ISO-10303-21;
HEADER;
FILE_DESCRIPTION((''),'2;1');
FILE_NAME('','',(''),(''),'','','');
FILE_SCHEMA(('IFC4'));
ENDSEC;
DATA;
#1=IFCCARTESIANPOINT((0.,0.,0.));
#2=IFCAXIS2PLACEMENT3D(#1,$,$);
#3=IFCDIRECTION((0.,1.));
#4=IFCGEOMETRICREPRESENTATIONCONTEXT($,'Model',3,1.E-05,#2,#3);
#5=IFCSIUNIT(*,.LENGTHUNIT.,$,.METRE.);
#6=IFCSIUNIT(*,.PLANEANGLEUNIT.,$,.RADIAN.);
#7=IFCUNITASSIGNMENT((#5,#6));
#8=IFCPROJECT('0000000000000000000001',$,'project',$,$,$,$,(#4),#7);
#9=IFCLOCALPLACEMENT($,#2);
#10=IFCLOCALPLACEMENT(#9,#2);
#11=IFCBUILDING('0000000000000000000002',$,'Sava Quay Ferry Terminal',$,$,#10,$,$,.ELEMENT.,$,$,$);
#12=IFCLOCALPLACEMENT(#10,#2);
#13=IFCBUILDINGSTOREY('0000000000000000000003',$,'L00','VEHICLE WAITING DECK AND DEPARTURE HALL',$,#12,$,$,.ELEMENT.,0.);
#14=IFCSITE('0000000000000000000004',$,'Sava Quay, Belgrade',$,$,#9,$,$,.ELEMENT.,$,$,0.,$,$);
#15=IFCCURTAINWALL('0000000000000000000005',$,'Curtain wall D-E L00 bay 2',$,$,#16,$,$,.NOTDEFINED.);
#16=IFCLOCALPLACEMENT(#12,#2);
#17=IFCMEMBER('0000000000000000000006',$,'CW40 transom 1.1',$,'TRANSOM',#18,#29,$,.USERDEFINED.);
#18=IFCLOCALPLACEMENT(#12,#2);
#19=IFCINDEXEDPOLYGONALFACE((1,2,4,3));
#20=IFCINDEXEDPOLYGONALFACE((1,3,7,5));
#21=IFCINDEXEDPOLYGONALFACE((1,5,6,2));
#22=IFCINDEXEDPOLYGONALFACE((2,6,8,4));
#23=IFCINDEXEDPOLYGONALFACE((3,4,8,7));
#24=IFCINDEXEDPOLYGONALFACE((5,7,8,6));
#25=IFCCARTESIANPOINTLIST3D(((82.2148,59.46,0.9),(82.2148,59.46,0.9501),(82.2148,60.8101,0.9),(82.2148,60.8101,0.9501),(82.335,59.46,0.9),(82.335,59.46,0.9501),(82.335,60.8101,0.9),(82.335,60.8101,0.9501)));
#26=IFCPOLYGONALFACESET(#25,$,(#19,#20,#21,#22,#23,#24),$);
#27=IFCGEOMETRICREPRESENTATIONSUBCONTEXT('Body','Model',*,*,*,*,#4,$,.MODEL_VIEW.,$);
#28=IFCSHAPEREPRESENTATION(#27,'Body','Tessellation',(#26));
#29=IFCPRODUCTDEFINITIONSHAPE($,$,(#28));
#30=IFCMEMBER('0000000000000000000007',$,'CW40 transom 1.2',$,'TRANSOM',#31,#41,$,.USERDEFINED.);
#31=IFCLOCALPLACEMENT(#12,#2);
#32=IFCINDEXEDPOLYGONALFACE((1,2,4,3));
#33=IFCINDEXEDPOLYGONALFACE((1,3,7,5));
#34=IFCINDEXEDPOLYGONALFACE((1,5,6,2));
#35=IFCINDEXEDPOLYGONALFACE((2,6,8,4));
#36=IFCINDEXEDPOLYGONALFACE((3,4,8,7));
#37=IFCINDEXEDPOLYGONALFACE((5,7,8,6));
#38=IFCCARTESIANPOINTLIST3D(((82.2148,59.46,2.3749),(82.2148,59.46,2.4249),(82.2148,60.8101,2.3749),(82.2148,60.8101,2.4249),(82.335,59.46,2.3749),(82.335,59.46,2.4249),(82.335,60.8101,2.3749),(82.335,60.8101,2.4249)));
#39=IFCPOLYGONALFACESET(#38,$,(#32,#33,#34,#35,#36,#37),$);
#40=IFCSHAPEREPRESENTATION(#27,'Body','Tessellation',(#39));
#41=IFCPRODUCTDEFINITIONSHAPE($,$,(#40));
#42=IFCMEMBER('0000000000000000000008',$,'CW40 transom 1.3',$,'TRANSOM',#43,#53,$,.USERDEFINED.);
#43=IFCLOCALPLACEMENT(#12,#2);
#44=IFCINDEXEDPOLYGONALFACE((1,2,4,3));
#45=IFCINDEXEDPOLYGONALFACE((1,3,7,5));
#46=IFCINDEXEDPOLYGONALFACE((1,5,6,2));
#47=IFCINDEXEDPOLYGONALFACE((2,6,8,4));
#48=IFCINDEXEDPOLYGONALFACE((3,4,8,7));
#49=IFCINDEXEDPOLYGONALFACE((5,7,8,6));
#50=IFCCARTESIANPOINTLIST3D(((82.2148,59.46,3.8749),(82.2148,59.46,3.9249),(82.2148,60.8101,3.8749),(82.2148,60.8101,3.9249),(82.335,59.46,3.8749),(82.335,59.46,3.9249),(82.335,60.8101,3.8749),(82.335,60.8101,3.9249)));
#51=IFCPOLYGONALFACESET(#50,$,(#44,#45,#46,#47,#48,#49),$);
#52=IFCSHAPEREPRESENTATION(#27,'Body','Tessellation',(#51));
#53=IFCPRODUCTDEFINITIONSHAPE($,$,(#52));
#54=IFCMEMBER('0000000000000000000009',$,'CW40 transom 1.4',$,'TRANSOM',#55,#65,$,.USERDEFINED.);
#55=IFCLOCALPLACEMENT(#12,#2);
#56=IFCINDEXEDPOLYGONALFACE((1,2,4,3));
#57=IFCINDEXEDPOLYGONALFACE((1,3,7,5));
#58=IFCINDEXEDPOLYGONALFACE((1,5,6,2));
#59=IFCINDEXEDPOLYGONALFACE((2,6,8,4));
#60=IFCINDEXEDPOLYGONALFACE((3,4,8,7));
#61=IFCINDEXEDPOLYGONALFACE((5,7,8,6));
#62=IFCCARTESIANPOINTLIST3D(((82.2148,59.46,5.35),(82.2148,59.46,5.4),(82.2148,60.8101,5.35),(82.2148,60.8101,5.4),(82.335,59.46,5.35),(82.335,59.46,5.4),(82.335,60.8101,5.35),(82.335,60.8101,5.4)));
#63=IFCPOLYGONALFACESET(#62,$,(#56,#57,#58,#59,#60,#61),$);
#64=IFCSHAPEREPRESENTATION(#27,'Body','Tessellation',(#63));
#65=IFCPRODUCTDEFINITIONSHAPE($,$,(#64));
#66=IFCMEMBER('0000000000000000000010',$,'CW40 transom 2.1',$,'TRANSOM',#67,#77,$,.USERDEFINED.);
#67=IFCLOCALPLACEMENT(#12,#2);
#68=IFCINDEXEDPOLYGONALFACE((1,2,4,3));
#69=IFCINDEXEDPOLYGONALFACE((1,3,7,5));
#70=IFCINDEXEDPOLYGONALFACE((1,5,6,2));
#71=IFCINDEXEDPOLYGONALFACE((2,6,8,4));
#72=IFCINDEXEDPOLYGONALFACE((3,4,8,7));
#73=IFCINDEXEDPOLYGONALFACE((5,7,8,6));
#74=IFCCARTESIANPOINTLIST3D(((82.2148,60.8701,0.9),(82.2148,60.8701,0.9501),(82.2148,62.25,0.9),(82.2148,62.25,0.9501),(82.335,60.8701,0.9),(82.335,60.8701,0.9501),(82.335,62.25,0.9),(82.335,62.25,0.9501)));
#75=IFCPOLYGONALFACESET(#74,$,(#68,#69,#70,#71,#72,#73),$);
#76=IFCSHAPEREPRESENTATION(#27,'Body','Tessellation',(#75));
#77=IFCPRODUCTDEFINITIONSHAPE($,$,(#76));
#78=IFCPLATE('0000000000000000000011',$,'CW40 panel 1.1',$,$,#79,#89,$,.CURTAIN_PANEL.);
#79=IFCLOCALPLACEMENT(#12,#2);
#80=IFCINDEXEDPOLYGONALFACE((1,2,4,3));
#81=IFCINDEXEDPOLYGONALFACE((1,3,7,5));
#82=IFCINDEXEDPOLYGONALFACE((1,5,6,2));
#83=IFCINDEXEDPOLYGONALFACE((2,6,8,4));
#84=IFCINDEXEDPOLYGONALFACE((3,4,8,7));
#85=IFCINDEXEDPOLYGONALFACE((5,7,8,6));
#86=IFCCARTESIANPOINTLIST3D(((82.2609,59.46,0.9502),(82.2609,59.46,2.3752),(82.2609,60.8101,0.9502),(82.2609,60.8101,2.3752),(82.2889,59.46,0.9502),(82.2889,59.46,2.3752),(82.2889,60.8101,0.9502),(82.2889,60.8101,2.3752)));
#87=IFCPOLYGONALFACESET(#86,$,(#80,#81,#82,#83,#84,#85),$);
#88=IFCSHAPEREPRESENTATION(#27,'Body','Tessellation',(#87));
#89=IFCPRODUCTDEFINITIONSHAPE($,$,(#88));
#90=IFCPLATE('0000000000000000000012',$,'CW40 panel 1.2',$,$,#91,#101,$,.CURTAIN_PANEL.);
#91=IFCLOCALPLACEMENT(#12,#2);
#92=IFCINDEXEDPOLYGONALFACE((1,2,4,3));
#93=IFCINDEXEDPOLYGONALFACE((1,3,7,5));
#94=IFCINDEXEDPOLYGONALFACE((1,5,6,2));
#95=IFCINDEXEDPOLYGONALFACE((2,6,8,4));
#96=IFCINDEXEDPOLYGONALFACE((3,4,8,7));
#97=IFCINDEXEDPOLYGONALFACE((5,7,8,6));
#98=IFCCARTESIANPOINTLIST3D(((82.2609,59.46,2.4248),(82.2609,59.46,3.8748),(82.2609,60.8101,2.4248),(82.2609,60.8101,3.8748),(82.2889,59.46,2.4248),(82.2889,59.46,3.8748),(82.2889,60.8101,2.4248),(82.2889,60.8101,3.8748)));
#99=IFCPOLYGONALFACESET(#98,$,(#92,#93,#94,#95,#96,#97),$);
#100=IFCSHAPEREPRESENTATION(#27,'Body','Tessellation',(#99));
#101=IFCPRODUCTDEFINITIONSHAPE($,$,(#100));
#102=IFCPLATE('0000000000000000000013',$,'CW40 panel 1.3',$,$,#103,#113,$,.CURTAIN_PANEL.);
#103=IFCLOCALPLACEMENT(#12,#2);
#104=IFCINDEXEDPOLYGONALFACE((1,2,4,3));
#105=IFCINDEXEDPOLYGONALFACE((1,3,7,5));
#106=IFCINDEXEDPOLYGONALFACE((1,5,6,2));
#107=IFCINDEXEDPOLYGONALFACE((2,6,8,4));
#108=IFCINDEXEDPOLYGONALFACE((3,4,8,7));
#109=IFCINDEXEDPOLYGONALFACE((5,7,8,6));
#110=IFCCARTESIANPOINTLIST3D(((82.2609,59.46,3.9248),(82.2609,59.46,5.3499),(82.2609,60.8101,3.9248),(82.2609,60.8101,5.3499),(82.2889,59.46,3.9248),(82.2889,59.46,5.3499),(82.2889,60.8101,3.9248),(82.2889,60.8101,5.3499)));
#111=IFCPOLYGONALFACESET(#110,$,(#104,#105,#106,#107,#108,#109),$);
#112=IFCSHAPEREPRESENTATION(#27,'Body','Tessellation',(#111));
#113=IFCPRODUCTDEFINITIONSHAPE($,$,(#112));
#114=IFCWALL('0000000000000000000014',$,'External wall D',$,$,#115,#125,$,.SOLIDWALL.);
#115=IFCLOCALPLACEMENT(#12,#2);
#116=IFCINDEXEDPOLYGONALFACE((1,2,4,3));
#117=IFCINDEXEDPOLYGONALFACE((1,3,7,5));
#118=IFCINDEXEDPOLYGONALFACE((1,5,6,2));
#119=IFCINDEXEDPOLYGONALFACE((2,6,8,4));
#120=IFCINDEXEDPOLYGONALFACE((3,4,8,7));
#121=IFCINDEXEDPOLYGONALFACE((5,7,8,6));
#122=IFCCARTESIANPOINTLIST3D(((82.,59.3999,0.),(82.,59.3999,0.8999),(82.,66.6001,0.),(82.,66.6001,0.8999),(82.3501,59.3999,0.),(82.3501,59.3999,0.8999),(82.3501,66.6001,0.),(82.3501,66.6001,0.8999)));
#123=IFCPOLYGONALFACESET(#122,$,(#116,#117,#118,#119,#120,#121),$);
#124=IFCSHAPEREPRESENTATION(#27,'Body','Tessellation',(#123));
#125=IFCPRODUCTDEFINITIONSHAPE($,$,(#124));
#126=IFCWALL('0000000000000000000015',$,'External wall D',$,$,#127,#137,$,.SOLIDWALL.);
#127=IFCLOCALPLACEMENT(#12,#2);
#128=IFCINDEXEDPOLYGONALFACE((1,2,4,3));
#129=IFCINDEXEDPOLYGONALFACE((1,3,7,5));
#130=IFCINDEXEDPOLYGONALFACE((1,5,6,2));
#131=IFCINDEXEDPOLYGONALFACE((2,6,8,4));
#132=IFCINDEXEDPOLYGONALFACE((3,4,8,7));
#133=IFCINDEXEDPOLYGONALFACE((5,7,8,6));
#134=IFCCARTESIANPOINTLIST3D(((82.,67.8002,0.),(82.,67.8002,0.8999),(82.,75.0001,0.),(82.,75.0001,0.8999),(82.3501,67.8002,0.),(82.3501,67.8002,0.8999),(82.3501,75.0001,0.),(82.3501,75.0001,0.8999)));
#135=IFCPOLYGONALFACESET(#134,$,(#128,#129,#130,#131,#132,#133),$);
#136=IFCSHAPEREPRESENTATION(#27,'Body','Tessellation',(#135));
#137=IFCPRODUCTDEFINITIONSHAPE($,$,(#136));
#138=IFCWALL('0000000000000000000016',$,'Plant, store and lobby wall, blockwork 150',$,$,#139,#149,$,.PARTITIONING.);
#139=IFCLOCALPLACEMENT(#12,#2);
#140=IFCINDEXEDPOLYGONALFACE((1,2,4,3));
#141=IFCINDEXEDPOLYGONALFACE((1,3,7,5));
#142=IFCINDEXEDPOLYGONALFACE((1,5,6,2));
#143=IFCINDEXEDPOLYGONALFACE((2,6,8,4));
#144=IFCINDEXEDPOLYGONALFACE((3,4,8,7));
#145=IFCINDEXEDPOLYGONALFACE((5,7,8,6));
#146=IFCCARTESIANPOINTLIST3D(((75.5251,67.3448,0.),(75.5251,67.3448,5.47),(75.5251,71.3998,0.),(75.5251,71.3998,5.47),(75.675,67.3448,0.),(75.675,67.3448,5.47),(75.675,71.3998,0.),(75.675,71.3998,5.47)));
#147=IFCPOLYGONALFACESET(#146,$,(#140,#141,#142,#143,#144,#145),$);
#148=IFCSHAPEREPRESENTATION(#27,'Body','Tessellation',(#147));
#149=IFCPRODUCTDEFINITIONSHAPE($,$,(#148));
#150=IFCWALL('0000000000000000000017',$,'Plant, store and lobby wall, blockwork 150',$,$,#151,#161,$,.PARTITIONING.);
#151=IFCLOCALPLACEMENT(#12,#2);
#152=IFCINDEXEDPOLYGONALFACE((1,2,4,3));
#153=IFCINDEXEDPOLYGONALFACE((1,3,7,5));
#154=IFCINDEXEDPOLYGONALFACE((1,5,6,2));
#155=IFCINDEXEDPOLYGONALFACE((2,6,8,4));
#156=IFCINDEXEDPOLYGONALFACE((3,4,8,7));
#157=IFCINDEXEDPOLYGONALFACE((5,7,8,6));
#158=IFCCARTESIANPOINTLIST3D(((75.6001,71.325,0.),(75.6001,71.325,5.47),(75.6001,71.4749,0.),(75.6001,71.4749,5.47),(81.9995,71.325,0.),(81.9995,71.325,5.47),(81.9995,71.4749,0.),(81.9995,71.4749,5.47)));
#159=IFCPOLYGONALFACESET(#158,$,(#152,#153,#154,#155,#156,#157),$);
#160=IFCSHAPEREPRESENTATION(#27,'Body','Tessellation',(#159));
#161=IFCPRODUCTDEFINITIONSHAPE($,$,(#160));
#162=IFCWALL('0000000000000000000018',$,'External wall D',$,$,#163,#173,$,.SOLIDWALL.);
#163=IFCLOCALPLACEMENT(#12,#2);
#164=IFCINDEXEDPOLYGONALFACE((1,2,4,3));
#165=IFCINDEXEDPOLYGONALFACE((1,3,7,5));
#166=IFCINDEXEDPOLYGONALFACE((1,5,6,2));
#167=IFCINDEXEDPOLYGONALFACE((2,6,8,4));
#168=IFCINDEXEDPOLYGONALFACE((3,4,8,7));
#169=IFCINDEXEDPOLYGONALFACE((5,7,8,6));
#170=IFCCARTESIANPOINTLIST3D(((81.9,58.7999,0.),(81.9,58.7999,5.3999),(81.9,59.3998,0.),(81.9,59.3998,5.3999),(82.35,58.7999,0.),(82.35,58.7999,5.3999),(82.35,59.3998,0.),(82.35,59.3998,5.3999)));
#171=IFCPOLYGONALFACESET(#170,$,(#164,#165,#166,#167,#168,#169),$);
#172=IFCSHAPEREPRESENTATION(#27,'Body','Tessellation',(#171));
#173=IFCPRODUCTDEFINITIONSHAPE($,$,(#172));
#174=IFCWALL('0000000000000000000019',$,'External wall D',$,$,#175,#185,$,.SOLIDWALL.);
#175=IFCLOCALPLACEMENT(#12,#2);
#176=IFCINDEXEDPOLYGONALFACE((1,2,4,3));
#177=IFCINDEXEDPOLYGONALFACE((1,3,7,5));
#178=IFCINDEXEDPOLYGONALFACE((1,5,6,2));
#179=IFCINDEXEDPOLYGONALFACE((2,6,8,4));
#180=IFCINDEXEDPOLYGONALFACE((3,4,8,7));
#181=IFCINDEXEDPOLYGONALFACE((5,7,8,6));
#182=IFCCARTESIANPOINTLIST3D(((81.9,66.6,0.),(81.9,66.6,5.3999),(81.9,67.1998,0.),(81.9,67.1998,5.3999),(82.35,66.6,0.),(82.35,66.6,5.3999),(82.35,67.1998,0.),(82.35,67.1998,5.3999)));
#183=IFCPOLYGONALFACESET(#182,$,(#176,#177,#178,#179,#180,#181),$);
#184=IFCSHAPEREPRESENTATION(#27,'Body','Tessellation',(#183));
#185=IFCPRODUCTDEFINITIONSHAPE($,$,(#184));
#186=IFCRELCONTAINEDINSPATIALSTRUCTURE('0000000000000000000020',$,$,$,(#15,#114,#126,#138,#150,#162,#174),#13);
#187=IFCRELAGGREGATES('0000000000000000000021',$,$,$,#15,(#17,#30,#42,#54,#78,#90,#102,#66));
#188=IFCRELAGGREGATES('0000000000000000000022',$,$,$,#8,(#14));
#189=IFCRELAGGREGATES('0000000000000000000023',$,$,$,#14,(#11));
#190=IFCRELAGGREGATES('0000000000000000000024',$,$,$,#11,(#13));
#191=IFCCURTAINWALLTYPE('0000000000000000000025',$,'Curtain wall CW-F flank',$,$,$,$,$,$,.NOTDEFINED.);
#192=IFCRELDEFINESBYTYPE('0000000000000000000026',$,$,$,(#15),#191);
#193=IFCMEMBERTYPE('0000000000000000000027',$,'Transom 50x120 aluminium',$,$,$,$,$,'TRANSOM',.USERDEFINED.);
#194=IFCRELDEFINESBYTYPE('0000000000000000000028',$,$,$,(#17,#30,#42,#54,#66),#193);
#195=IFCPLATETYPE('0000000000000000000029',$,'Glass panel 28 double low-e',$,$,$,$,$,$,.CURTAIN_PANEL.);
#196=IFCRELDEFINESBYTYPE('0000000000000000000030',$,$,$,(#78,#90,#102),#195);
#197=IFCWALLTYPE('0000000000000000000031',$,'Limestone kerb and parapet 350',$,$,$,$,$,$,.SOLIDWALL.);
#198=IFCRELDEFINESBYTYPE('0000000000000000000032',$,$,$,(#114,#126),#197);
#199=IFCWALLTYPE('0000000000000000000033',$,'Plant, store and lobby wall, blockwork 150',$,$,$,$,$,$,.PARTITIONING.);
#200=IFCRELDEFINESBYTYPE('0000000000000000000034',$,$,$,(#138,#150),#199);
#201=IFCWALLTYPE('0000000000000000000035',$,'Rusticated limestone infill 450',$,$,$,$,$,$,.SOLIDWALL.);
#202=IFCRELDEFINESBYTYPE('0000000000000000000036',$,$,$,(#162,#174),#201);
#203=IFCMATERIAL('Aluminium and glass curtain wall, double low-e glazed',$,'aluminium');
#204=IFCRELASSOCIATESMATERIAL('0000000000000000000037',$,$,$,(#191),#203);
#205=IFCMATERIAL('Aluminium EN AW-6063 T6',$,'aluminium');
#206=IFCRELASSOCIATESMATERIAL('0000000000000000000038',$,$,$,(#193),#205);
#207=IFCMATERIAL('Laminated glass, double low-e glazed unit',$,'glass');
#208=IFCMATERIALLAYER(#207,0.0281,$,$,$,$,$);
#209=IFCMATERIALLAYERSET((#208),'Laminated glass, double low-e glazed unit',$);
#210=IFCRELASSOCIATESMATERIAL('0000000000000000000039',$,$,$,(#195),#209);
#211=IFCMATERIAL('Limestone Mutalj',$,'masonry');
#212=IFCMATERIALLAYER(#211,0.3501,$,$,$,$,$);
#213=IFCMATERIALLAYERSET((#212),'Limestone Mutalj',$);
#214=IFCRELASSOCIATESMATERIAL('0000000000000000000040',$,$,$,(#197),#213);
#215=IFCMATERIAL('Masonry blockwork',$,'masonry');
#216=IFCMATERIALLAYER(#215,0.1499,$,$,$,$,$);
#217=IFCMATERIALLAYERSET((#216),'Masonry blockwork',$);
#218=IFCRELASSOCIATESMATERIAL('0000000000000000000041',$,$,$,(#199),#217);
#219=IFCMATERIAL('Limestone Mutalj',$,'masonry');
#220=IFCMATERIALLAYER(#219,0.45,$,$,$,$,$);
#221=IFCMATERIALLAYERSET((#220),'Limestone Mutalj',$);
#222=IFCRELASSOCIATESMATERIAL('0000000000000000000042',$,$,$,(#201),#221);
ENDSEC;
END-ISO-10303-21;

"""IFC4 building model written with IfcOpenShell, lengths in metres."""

from ifc_helpers import new_model, si_unit, direction, frame, frame_2d, origin, origin_2d, place, context, subcontext, project, spatial, rectangle, extrude, material, layer, layer_set, material_profile, profile_set, type_object, element, aggregate, save


model = new_model("IFC4")

# Units and contexts
model_context = context("Model", 3, precision=1e-05, world=origin(), true_north=direction((0.0, 1.0)))
body_context = subcontext(model_context, "Body", "Model", "MODEL_VIEW")
ifc_project = project(units=[si_unit("LENGTHUNIT", "METRE"), si_unit("PLANEANGLEUNIT", "RADIAN")], contexts=[model_context])

# Site, building, storey
site_placement = place(None, origin())
site = spatial("IfcSite", under=ifc_project, at=site_placement, Name="Sava Quay, Belgrade", CompositionType="ELEMENT", RefElevation=0.0)
building_placement = place(site_placement, origin())
building = spatial("IfcBuilding", under=site, at=building_placement, Name="Sava Quay Ferry Terminal", CompositionType="ELEMENT")
storey_placement = place(building_placement, origin())
storey = spatial("IfcBuildingStorey", under=building, at=storey_placement, Name="L00", Description="VEHICLE WAITING DECK AND DEPARTURE HALL", CompositionType="ELEMENT", Elevation=0.0)

# Curtain wall
ifc_material_1 = material(Name="Aluminium and glass curtain wall, double low-e glazed", Category="aluminium")
curtain_wall_type = type_object("IfcCurtainWallType", Name="Curtain wall CW-F flank", PredefinedType="NOTDEFINED", material=ifc_material_1)
curtain_wall_placement = place(storey_placement, origin())
curtain_wall = element("IfcCurtainWall", 1, at=curtain_wall_placement, inside=storey, type_object=curtain_wall_type, Name="Curtain wall D-E L00 bay 2", PredefinedType="NOTDEFINED")

# Members
ifc_material_2 = material(Name="Aluminium EN AW-6063 T6", Category="aluminium")
ifc_material_profile_1 = material_profile(ifc_material_2, rectangle(XDim=0.1201, YDim=0.05, at=origin_2d()), Name="Transom 50x120 aluminium")
ifc_profile_set_1 = profile_set([ifc_material_profile_1], Name="Aluminium EN AW-6063 T6")
member_type_1 = type_object("IfcMemberType", Name="Transom 50x120 aluminium", ElementType="TRANSOM", PredefinedType="USERDEFINED", material=ifc_profile_set_1)
member_1_placement = place(storey_placement, frame((82.2749, 59.46, 0.925), z_axis=(0.0, 1.0, 0.0), x_axis=(-1.0, 0.0, 0.0)))
member_1 = element("IfcMember", 2, at=member_1_placement, type_object=member_type_1, Name="CW40 transom 1.1", ObjectType="TRANSOM", PredefinedType="USERDEFINED", context=body_context, shape_type="SweptSolid", body=[
    extrude(rectangle(XDim=0.1201, YDim=0.05, at=origin_2d()), origin(), (0.0, 0.0, 1.0), 1.3501),
])
member_2_placement = place(storey_placement, frame((82.2749, 59.46, 2.3999), z_axis=(0.0, 1.0, 0.0), x_axis=(-1.0, 0.0, 0.0)))
member_2 = element("IfcMember", 3, at=member_2_placement, type_object=member_type_1, Name="CW40 transom 1.2", ObjectType="TRANSOM", PredefinedType="USERDEFINED", context=body_context, shape_type="SweptSolid", body=[
    extrude(rectangle(XDim=0.1201, YDim=0.05, at=origin_2d()), origin(), (0.0, 0.0, 1.0), 1.3501),
])
member_3_placement = place(storey_placement, frame((82.2749, 59.46, 3.8999), z_axis=(0.0, 1.0, 0.0), x_axis=(-1.0, 0.0, 0.0)))
member_3 = element("IfcMember", 4, at=member_3_placement, type_object=member_type_1, Name="CW40 transom 1.3", ObjectType="TRANSOM", PredefinedType="USERDEFINED", context=body_context, shape_type="SweptSolid", body=[
    extrude(rectangle(XDim=0.1201, YDim=0.05, at=origin_2d()), origin(), (0.0, 0.0, 1.0), 1.3501),
])
member_4_placement = place(storey_placement, frame((82.2749, 59.46, 5.375), z_axis=(0.0, 1.0, 0.0), x_axis=(-1.0, 0.0, 0.0)))
member_4 = element("IfcMember", 5, at=member_4_placement, type_object=member_type_1, Name="CW40 transom 1.4", ObjectType="TRANSOM", PredefinedType="USERDEFINED", context=body_context, shape_type="SweptSolid", body=[
    extrude(rectangle(XDim=0.1201, YDim=0.05, at=origin_2d()), origin(), (0.0, 0.0, 1.0), 1.3501),
])
member_5_placement = place(storey_placement, frame((82.2749, 60.8701, 0.925), z_axis=(0.0, 1.0, 0.0), x_axis=(-1.0, 0.0, 0.0)))
member_5 = element("IfcMember", 6, at=member_5_placement, type_object=member_type_1, Name="CW40 transom 2.1", ObjectType="TRANSOM", PredefinedType="USERDEFINED", context=body_context, shape_type="SweptSolid", body=[
    extrude(rectangle(XDim=0.1201, YDim=0.05, at=origin_2d()), origin(), (0.0, 0.0, 1.0), 1.3799),
])

# Plates
ifc_material_3 = material(Name="Laminated glass, double low-e glazed unit", Category="glass")
ifc_layer_1 = layer(ifc_material_3, 0.0281)
ifc_layer_set_1 = layer_set([ifc_layer_1], Name="Laminated glass, double low-e glazed unit")
plate_type = type_object("IfcPlateType", Name="Glass panel 28 double low-e", PredefinedType="CURTAIN_PANEL", material=ifc_layer_set_1)
plate_1_placement = place(storey_placement, frame((82.2749, 60.135, 0.9502), z_axis=(0.0, 0.0, 1.0), x_axis=(0.0, 1.0, 0.0)))
plate_1 = element("IfcPlate", 7, at=plate_1_placement, type_object=plate_type, Name="CW40 panel 1.1", PredefinedType="CURTAIN_PANEL", context=body_context, shape_type="SweptSolid", body=[
    extrude(rectangle(XDim=1.3501, YDim=0.0281, at=origin_2d()), origin(), (0.0, 0.0, 1.0), 1.425),
])
plate_2_placement = place(storey_placement, frame((82.2749, 60.135, 2.4248), z_axis=(0.0, 0.0, 1.0), x_axis=(0.0, 1.0, 0.0)))
plate_2 = element("IfcPlate", 8, at=plate_2_placement, type_object=plate_type, Name="CW40 panel 1.2", PredefinedType="CURTAIN_PANEL", context=body_context, shape_type="SweptSolid", body=[
    extrude(rectangle(XDim=1.3501, YDim=0.0281, at=origin_2d()), origin(), (0.0, 0.0, 1.0), 1.45),
])
plate_3_placement = place(storey_placement, frame((82.2749, 60.135, 3.9248), z_axis=(0.0, 0.0, 1.0), x_axis=(0.0, 1.0, 0.0)))
plate_3 = element("IfcPlate", 9, at=plate_3_placement, type_object=plate_type, Name="CW40 panel 1.3", PredefinedType="CURTAIN_PANEL", context=body_context, shape_type="SweptSolid", body=[
    extrude(rectangle(XDim=1.3501, YDim=0.0281, at=origin_2d()), origin(), (0.0, 0.0, 1.0), 1.425),
])
aggregate(curtain_wall, [member_1, member_2, member_3, member_4, plate_1, plate_2, plate_3, member_5])

# Walls
ifc_material_4 = material(Name="Limestone Mutalj", Category="masonry")
ifc_layer_2 = layer(ifc_material_4, 0.3501)
ifc_layer_set_2 = layer_set([ifc_layer_2], Name="Limestone Mutalj")
wall_type_1 = type_object("IfcWallType", Name="Limestone kerb and parapet 350", PredefinedType="SOLIDWALL", material=ifc_layer_set_2)
wall_1_placement = place(storey_placement, frame((82.175, 59.3999, 0.0), z_axis=(0.0, 0.0, 1.0), x_axis=(0.0, 1.0, 0.0)))
element("IfcWall", 10, at=wall_1_placement, inside=storey, type_object=wall_type_1, Name="External wall D", PredefinedType="SOLIDWALL", context=body_context, shape_type="SweptSolid", body=[
    extrude(rectangle(XDim=7.2002, YDim=0.3501, at=frame_2d((3.6001, 0.0))), origin(), (0.0, 0.0, 1.0), 0.8999),
])
wall_2_placement = place(storey_placement, frame((82.175, 67.8, 0.0), z_axis=(0.0, 0.0, 1.0), x_axis=(0.0, 1.0, 0.0)))
element("IfcWall", 11, at=wall_2_placement, inside=storey, type_object=wall_type_1, Name="External wall D", PredefinedType="SOLIDWALL", context=body_context, shape_type="SweptSolid", body=[
    extrude(rectangle(XDim=7.2, YDim=0.3501, at=frame_2d((3.6001, 0.0))), origin(), (0.0, 0.0, 1.0), 0.8999),
])
ifc_material_5 = material(Name="Masonry blockwork", Category="masonry")
ifc_layer_3 = layer(ifc_material_5, 0.1499)
ifc_layer_set_3 = layer_set([ifc_layer_3], Name="Masonry blockwork")
wall_type_2 = type_object("IfcWallType", Name="Plant, store and lobby wall, blockwork 150", PredefinedType="PARTITIONING", material=ifc_layer_set_3)
wall_3_placement = place(storey_placement, frame((75.6001, 67.345, 0.0), z_axis=(0.0, 0.0, 1.0), x_axis=(0.0, 1.0, 0.0)))
element("IfcWall", 12, at=wall_3_placement, inside=storey, type_object=wall_type_2, Name="Plant, store and lobby wall, blockwork 150", PredefinedType="PARTITIONING", context=body_context, shape_type="SweptSolid", body=[
    extrude(rectangle(XDim=4.0549, YDim=0.1499, at=frame_2d((2.0273, 0.0))), origin(), (0.0, 0.0, 1.0), 5.47),
])
wall_4_placement = place(storey_placement, frame((75.6001, 71.3999, 0.0), z_axis=(0.0, 0.0, 1.0), x_axis=(1.0, 0.0, 0.0)))
element("IfcWall", 13, at=wall_4_placement, inside=storey, type_object=wall_type_2, Name="Plant, store and lobby wall, blockwork 150", PredefinedType="PARTITIONING", context=body_context, shape_type="SweptSolid", body=[
    extrude(rectangle(XDim=6.3994, YDim=0.1499, at=frame_2d((3.1997, 0.0))), origin(), (0.0, 0.0, 1.0), 5.47),
])
ifc_material_6 = material(Name="Limestone Mutalj", Category="masonry")
ifc_layer_4 = layer(ifc_material_6, 0.45)
ifc_layer_set_4 = layer_set([ifc_layer_4], Name="Limestone Mutalj")
wall_type_3 = type_object("IfcWallType", Name="Rusticated limestone infill 450", PredefinedType="SOLIDWALL", material=ifc_layer_set_4)
for number, where, z_axis, x_axis, name in (
    (14, (82.125, 58.8, 0.0), (0.0, 0.0, 1.0), (0.0, 1.0, 0.0), "External wall D"),
    (15, (82.125, 66.6001, 0.0), (0.0, 0.0, 1.0), (0.0, 1.0, 0.0), "External wall D"),
):
    element("IfcWall", number, at=place(storey_placement, frame(where, z_axis=z_axis, x_axis=x_axis)), inside=storey, type_object=wall_type_3, Name=name, PredefinedType="SOLIDWALL", context=body_context, shape_type="SweptSolid", body=[
        extrude(rectangle(XDim=0.5999, YDim=0.45, at=frame_2d((0.2998, 0.0))), origin(), (0.0, 0.0, 1.0), 5.3999),
    ])

save(model, "model.ifc")
